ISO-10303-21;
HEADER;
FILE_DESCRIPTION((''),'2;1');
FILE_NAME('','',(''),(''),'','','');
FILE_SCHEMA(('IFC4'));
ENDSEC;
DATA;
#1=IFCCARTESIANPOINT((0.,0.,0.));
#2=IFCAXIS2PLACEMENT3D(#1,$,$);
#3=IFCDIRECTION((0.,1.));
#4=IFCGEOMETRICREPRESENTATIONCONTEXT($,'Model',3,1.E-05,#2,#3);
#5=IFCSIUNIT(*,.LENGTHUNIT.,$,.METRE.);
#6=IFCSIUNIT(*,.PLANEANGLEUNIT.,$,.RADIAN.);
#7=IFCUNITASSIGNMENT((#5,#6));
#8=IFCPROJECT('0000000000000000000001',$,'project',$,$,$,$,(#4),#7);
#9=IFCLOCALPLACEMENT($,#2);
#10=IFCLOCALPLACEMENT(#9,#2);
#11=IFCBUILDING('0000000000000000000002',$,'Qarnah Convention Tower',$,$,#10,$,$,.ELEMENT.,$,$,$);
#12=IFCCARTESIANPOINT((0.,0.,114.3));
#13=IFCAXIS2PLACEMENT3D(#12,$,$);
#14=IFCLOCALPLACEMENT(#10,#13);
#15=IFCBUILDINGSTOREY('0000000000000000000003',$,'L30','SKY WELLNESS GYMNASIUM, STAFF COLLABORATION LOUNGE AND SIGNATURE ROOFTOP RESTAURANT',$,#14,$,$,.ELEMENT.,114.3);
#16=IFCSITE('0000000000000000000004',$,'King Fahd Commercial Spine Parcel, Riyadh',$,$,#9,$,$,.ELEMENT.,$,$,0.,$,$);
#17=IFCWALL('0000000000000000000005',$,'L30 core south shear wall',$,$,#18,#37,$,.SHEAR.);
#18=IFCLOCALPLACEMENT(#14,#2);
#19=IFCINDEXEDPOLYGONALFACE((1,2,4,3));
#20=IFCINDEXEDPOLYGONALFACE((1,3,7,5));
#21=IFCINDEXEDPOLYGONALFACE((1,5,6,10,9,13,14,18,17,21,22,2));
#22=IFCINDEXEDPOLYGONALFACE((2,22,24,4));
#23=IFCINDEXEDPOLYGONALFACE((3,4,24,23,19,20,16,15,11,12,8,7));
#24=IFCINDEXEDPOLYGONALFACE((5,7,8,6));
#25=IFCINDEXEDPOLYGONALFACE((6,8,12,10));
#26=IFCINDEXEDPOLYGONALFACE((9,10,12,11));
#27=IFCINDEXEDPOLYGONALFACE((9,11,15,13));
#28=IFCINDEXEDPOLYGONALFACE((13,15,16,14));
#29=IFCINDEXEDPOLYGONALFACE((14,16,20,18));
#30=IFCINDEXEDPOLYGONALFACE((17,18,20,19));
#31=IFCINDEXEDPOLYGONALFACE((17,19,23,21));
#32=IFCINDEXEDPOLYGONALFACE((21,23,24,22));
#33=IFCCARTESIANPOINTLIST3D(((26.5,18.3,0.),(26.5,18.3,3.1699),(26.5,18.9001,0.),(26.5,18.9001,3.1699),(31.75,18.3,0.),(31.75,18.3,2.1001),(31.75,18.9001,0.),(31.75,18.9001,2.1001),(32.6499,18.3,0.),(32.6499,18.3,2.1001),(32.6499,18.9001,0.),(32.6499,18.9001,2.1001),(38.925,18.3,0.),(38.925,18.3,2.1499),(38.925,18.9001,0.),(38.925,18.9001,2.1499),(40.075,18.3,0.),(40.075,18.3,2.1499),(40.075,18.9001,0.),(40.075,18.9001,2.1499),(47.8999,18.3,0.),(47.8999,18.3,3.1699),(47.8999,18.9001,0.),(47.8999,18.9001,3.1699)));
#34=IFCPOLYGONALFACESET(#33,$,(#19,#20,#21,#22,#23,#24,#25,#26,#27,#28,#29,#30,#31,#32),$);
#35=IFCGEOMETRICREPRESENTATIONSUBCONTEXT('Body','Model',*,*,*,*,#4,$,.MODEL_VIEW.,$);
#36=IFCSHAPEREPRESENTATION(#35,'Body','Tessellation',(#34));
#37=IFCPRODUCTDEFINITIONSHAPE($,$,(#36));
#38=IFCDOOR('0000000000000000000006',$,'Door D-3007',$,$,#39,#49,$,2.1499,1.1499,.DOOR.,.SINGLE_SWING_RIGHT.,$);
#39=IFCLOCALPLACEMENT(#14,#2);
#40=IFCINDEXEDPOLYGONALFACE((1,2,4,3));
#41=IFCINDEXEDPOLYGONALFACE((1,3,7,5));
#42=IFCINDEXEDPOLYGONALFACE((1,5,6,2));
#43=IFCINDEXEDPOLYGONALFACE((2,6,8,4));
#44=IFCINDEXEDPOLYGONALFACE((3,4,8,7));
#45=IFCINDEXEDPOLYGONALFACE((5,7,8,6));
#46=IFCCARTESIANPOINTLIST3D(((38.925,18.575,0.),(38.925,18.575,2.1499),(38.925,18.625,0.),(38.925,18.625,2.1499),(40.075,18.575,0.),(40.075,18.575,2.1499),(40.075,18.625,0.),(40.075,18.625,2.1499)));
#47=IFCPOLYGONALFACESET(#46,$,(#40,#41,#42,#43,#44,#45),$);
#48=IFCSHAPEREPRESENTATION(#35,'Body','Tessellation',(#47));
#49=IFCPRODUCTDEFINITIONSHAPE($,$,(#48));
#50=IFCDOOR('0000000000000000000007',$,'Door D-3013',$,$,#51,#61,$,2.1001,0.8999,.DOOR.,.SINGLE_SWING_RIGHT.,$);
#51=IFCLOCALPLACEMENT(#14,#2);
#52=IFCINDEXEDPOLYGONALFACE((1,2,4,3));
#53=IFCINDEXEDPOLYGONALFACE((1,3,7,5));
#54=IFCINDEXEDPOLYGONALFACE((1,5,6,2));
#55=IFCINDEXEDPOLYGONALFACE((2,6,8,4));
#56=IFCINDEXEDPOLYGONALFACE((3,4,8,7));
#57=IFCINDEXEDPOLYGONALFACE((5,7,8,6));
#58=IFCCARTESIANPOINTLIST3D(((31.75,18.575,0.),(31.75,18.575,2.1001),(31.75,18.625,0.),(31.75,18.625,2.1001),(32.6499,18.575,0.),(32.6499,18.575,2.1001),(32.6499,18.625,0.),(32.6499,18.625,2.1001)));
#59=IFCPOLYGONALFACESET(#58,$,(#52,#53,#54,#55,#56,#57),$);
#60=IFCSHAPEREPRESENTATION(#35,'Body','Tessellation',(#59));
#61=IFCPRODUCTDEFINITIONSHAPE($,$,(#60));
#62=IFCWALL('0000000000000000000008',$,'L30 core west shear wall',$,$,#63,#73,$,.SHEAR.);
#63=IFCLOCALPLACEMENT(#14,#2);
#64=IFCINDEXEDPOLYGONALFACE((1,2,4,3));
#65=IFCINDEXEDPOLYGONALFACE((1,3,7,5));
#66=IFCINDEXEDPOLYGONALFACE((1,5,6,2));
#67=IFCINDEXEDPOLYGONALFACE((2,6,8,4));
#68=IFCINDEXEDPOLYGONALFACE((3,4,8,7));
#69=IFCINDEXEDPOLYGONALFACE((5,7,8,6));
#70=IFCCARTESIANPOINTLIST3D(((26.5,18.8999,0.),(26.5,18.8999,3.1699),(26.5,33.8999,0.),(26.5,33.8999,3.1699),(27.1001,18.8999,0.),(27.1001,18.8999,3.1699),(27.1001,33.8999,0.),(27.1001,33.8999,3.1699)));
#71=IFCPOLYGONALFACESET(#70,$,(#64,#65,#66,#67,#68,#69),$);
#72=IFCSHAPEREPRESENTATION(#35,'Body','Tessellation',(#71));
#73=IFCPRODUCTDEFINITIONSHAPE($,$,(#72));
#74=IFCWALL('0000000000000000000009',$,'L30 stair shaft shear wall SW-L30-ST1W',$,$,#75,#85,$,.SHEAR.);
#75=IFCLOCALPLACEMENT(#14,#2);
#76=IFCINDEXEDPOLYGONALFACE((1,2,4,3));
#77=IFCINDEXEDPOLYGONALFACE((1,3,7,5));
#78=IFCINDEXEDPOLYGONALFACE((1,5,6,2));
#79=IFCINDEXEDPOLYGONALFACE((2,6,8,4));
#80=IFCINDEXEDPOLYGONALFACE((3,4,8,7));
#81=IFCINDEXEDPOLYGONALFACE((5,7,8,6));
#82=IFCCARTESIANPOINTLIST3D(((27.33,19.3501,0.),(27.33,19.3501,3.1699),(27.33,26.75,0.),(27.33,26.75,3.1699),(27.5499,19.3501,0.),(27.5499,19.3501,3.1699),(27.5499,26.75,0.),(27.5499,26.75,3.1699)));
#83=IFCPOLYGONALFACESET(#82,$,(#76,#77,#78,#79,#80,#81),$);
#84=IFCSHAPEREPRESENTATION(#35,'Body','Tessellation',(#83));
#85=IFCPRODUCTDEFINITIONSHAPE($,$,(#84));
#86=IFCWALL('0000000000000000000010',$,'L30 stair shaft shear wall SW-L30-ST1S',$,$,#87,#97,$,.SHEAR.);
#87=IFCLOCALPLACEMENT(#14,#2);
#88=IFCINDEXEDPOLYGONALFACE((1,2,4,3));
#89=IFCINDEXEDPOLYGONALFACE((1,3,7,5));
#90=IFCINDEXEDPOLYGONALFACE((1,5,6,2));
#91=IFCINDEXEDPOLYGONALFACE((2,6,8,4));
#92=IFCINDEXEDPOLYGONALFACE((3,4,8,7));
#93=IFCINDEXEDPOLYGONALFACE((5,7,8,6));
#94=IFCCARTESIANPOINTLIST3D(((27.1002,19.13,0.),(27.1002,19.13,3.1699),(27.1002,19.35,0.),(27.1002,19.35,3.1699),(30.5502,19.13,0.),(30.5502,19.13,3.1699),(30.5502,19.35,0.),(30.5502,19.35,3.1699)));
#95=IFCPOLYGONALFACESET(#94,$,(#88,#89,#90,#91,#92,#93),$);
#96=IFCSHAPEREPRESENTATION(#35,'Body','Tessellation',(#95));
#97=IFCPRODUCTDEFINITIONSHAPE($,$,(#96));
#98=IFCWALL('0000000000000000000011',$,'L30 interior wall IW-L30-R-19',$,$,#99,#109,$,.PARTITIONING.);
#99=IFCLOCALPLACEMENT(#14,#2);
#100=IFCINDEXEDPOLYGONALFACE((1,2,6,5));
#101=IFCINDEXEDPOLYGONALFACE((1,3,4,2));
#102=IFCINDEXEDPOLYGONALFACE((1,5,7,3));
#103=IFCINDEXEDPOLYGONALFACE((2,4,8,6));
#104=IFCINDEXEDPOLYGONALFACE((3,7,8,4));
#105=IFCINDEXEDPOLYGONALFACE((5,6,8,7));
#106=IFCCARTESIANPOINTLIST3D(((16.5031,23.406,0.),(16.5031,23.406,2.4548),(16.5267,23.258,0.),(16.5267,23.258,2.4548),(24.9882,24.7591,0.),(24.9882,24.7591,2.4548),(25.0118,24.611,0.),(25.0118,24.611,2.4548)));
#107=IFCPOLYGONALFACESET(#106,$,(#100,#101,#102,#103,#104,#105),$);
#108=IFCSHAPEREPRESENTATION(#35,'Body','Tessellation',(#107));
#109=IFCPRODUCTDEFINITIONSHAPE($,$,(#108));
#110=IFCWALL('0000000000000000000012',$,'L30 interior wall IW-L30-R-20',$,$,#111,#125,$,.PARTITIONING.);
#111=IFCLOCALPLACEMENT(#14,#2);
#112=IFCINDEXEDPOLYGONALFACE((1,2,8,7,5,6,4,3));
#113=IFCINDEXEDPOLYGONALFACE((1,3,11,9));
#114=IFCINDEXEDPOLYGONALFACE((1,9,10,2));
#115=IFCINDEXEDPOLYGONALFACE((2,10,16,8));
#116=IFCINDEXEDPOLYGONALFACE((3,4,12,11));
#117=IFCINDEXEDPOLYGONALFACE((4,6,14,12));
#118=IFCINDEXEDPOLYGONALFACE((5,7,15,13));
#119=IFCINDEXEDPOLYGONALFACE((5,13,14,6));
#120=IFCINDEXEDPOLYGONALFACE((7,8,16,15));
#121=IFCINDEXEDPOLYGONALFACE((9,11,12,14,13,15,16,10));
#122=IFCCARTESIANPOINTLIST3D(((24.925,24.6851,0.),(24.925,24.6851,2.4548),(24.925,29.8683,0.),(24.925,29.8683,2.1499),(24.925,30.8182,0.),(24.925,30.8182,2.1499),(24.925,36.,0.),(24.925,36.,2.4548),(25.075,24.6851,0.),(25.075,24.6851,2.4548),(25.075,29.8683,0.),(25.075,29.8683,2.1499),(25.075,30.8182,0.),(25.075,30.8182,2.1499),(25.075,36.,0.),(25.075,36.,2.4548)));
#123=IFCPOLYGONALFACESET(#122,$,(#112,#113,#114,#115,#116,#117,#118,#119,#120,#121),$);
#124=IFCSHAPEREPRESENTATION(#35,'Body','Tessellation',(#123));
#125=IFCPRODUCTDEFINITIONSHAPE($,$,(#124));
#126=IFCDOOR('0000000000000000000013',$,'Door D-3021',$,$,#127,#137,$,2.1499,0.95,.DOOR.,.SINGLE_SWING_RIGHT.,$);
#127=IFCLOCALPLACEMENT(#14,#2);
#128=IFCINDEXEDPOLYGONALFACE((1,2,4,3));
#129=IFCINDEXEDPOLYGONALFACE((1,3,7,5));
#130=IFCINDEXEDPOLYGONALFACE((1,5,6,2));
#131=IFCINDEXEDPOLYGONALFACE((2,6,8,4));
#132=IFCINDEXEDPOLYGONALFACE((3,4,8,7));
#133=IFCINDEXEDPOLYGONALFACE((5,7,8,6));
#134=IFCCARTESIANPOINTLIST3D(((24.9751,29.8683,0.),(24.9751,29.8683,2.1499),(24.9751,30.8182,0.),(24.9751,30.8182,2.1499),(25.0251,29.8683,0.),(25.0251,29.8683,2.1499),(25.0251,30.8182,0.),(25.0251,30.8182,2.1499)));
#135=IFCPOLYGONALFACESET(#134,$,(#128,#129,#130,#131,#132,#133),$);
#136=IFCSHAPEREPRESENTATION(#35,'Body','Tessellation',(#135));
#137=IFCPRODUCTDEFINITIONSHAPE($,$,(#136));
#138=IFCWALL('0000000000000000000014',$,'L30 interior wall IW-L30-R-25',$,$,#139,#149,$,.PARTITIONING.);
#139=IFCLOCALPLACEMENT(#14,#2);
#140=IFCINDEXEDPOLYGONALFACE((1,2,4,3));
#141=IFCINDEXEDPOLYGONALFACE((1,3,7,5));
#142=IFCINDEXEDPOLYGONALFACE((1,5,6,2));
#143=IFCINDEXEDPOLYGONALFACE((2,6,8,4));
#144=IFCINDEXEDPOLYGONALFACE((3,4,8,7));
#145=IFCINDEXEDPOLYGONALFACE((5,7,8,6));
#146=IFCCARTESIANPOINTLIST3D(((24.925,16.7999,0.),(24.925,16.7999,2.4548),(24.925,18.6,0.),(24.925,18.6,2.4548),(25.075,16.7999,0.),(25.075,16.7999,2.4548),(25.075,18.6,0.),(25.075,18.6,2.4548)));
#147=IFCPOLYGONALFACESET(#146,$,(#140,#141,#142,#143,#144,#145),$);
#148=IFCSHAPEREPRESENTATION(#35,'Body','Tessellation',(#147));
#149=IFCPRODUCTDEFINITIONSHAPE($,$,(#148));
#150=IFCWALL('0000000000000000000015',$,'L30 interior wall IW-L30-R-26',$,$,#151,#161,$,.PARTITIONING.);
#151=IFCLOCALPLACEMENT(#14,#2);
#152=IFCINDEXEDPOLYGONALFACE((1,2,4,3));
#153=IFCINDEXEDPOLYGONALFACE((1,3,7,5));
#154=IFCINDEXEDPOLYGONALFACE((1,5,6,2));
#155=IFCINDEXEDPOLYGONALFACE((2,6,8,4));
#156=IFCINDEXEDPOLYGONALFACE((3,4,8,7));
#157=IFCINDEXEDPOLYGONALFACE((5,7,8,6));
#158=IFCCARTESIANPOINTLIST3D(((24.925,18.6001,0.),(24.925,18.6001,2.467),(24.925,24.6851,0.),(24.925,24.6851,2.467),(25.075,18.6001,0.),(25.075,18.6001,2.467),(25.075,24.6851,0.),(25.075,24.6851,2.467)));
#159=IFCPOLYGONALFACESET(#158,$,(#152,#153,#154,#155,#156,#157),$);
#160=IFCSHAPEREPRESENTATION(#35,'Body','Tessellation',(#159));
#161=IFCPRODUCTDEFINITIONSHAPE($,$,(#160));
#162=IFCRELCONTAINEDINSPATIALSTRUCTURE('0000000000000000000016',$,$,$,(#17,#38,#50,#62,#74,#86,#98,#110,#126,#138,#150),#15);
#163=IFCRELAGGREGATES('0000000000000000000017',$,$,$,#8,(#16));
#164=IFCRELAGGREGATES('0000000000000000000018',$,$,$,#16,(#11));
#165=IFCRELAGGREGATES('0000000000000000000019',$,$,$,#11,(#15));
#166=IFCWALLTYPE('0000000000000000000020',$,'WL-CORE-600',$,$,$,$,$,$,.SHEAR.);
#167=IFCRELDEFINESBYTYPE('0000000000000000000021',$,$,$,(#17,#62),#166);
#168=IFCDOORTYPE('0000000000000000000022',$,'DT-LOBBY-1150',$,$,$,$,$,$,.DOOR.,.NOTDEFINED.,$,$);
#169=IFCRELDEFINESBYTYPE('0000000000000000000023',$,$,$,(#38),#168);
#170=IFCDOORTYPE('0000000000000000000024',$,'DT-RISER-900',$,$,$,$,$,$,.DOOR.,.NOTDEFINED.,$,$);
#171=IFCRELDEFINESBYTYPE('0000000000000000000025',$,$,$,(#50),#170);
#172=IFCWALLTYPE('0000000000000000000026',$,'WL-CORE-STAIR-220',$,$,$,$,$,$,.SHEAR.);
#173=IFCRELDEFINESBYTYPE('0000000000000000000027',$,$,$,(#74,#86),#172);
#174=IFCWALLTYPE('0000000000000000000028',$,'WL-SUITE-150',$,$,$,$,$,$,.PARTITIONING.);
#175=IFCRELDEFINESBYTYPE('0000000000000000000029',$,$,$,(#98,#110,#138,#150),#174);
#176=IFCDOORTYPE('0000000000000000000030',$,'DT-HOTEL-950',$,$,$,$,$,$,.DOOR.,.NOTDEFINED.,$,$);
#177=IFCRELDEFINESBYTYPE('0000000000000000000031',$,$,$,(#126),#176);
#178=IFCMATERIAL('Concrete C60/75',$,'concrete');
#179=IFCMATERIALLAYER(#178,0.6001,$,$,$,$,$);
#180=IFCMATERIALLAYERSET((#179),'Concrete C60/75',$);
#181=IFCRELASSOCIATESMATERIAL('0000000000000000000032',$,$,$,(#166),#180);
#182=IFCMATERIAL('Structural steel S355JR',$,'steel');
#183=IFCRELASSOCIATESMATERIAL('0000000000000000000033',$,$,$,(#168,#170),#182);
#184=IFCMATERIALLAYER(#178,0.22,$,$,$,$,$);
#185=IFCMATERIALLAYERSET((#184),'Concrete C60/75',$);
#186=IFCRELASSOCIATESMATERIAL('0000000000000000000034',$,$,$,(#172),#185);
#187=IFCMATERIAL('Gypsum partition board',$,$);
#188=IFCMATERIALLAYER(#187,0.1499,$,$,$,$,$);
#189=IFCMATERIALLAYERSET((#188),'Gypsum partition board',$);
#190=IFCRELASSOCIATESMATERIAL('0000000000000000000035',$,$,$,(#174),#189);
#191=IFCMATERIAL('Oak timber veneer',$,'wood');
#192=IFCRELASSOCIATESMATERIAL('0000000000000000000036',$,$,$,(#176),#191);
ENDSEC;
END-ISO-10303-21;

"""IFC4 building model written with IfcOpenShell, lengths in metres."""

from ifc_helpers import new_model, si_unit, direction, frame, frame_2d, origin, place, context, subcontext, project, spatial, rectangle, extrude, material, layer, layer_set, type_object, element, fill, save


model = new_model("IFC4")

# Units and contexts
model_context = context("Model", 3, precision=1e-05, world=origin(), true_north=direction((0.0, 1.0)))
body_context = subcontext(model_context, "Body", "Model", "MODEL_VIEW")
ifc_project = project(units=[si_unit("LENGTHUNIT", "METRE"), si_unit("PLANEANGLEUNIT", "RADIAN")], contexts=[model_context])

# Site, building, storey
site_placement = place(None, origin())
site = spatial("IfcSite", under=ifc_project, at=site_placement, Name="King Fahd Commercial Spine Parcel, Riyadh", CompositionType="ELEMENT", RefElevation=0.0)
building_placement = place(site_placement, origin())
building = spatial("IfcBuilding", under=site, at=building_placement, Name="Qarnah Convention Tower", CompositionType="ELEMENT")
storey_placement = place(building_placement, frame((0.0, 0.0, 114.3)))
storey = spatial("IfcBuildingStorey", under=building, at=storey_placement, Name="L30", Description="SKY WELLNESS GYMNASIUM, STAFF COLLABORATION LOUNGE AND SIGNATURE ROOFTOP RESTAURANT", CompositionType="ELEMENT", Elevation=114.3)

# Shared definitions
ifc_material_1 = material(Name="Concrete C60/75", Category="concrete")

# Shared definitions
ifc_material_2 = material(Name="Structural steel S355JR", Category="steel")

# Wall, openings, doors
ifc_layer_1 = layer(ifc_material_1, 0.6001)
ifc_layer_set_1 = layer_set([ifc_layer_1], Name="Concrete C60/75")
wall_type_1 = type_object("IfcWallType", Name="WL-CORE-600", PredefinedType="SHEAR", material=ifc_layer_set_1)
wall_1_placement = place(storey_placement, frame((26.5, 18.6001, 0.0), z_axis=(0.0, 0.0, 1.0), x_axis=(1.0, 0.0, 0.0)))
wall_1 = element("IfcWall", 1, at=wall_1_placement, inside=storey, type_object=wall_type_1, Name="L30 core south shear wall", PredefinedType="SHEAR", context=body_context, shape_type="SweptSolid", body=[
    extrude(rectangle(XDim=21.3999, YDim=0.6001, at=frame_2d((10.7, 0.0))), origin(), (0.0, 0.0, 1.0), 3.1699),
])
opening_1_placement = place(wall_1_placement, frame((12.425, 0.0, 0.0)))
opening_1 = element("IfcOpeningElement", 2, at=opening_1_placement, cuts=wall_1, PredefinedType="OPENING", context=body_context, shape_type="SweptSolid", body=[
    extrude(rectangle(XDim=1.1499, YDim=2.1499, at=frame_2d((0.575, 1.075))), frame((0.0, 0.3101, 0.0), z_axis=(0.0, -1.0, 0.0), x_axis=(1.0, 0.0, 0.0)), (0.0, 0.0, 1.0), 0.6201),
])
opening_2_placement = place(wall_1_placement, frame((5.25, 0.0, 0.0)))
opening_2 = element("IfcOpeningElement", 3, at=opening_2_placement, cuts=wall_1, PredefinedType="OPENING", context=body_context, shape_type="SweptSolid", body=[
    extrude(rectangle(XDim=0.8999, YDim=2.1001, at=frame_2d((0.45, 1.05))), frame((0.0, 0.3101, 0.0), z_axis=(0.0, -1.0, 0.0), x_axis=(1.0, 0.0, 0.0)), (0.0, 0.0, 1.0), 0.6201),
])
door_type_1 = type_object("IfcDoorType", Name="DT-LOBBY-1150", OperationType="NOTDEFINED", PredefinedType="DOOR", material=ifc_material_2)
door_1_placement = place(opening_1_placement, origin())
door_1 = element("IfcDoor", 4, at=door_1_placement, inside=storey, type_object=door_type_1, Name="Door D-3007", OperationType="SINGLE_SWING_RIGHT", OverallHeight=2.1499, OverallWidth=1.1499, PredefinedType="DOOR", context=body_context, shape_type="SweptSolid", body=[
    extrude(rectangle(XDim=1.1499, YDim=2.1499, at=frame_2d((0.575, 1.075))), frame((0.0, 0.0249, 0.0), z_axis=(0.0, -1.0, 0.0), x_axis=(1.0, 0.0, 0.0)), (0.0, 0.0, 1.0), 0.05),
])
fill(opening_1, door_1)
door_type_2 = type_object("IfcDoorType", Name="DT-RISER-900", OperationType="NOTDEFINED", PredefinedType="DOOR", material=ifc_material_2)
door_2_placement = place(opening_2_placement, origin())
door_2 = element("IfcDoor", 5, at=door_2_placement, inside=storey, type_object=door_type_2, Name="Door D-3013", OperationType="SINGLE_SWING_RIGHT", OverallHeight=2.1001, OverallWidth=0.8999, PredefinedType="DOOR", context=body_context, shape_type="SweptSolid", body=[
    extrude(rectangle(XDim=0.8999, YDim=2.1001, at=frame_2d((0.45, 1.05))), frame((0.0, 0.0249, 0.0), z_axis=(0.0, -1.0, 0.0), x_axis=(1.0, 0.0, 0.0)), (0.0, 0.0, 1.0), 0.05),
])
fill(opening_2, door_2)

# Walls
wall_2_placement = place(storey_placement, frame((26.8, 18.8999, 0.0), z_axis=(0.0, 0.0, 1.0), x_axis=(0.0, 1.0, 0.0)))
element("IfcWall", 6, at=wall_2_placement, inside=storey, type_object=wall_type_1, Name="L30 core west shear wall", PredefinedType="SHEAR", context=body_context, shape_type="SweptSolid", body=[
    extrude(rectangle(XDim=15.0, YDim=0.6001, at=frame_2d((7.5, 0.0))), origin(), (0.0, 0.0, 1.0), 3.1699),
])
ifc_layer_2 = layer(ifc_material_1, 0.22)
ifc_layer_set_2 = layer_set([ifc_layer_2], Name="Concrete C60/75")
wall_type_2 = type_object("IfcWallType", Name="WL-CORE-STAIR-220", PredefinedType="SHEAR", material=ifc_layer_set_2)
wall_3_placement = place(storey_placement, frame((27.4399, 19.3501, 0.0), z_axis=(0.0, 0.0, 1.0), x_axis=(0.0, 1.0, 0.0)))
element("IfcWall", 7, at=wall_3_placement, inside=storey, type_object=wall_type_2, Name="L30 stair shaft shear wall SW-L30-ST1W", PredefinedType="SHEAR", context=body_context, shape_type="SweptSolid", body=[
    extrude(rectangle(XDim=7.3999, YDim=0.22, at=frame_2d((3.7, 0.0))), origin(), (0.0, 0.0, 1.0), 3.1699),
])
wall_4_placement = place(storey_placement, frame((27.1001, 19.24, 0.0), z_axis=(0.0, 0.0, 1.0), x_axis=(1.0, 0.0, 0.0)))
element("IfcWall", 8, at=wall_4_placement, inside=storey, type_object=wall_type_2, Name="L30 stair shaft shear wall SW-L30-ST1S", PredefinedType="SHEAR", context=body_context, shape_type="SweptSolid", body=[
    extrude(rectangle(XDim=3.45, YDim=0.22, at=frame_2d((1.7251, 0.0))), origin(), (0.0, 0.0, 1.0), 3.1699),
])
ifc_material_3 = material(Name="Gypsum partition board")
ifc_layer_3 = layer(ifc_material_3, 0.1499)
ifc_layer_set_3 = layer_set([ifc_layer_3], Name="Gypsum partition board")
wall_type_3 = type_object("IfcWallType", Name="WL-SUITE-150", PredefinedType="PARTITIONING", material=ifc_layer_set_3)
wall_5_placement = place(storey_placement, frame((16.5149, 23.332, 0.0), z_axis=(0.0, 0.0, 1.0), x_axis=(0.987524, 0.15747, 0.0)))
element("IfcWall", 9, at=wall_5_placement, inside=storey, type_object=wall_type_3, Name="L30 interior wall IW-L30-R-19", PredefinedType="PARTITIONING", context=body_context, shape_type="SweptSolid", body=[
    extrude(rectangle(XDim=8.5923, YDim=0.1499, at=frame_2d((4.2961, 0.0))), origin(), (0.0, 0.0, 1.0), 2.4548),
])

# Wall, opening, door
wall_6_placement = place(storey_placement, frame((25.0, 24.6851, 0.0), z_axis=(0.0, 0.0, 1.0), x_axis=(0.0, 1.0, 0.0)))
wall_6 = element("IfcWall", 10, at=wall_6_placement, inside=storey, type_object=wall_type_3, Name="L30 interior wall IW-L30-R-20", PredefinedType="PARTITIONING", context=body_context, shape_type="SweptSolid", body=[
    extrude(rectangle(XDim=11.3149, YDim=0.1499, at=frame_2d((5.6575, 0.0))), origin(), (0.0, 0.0, 1.0), 2.4548),
])
opening_3_placement = place(wall_6_placement, frame((5.1831, 0.0, 0.0)))
opening_3 = element("IfcOpeningElement", 11, at=opening_3_placement, cuts=wall_6, PredefinedType="OPENING", context=body_context, shape_type="SweptSolid", body=[
    extrude(rectangle(XDim=0.95, YDim=2.1499, at=frame_2d((0.4751, 1.075))), frame((0.0, 0.085, 0.0), z_axis=(0.0, -1.0, 0.0), x_axis=(1.0, 0.0, 0.0)), (0.0, 0.0, 1.0), 0.1699),
])
ifc_material_4 = material(Name="Oak timber veneer", Category="wood")
door_type_3 = type_object("IfcDoorType", Name="DT-HOTEL-950", OperationType="NOTDEFINED", PredefinedType="DOOR", material=ifc_material_4)
door_3_placement = place(opening_3_placement, origin())
door_3 = element("IfcDoor", 12, at=door_3_placement, inside=storey, type_object=door_type_3, Name="Door D-3021", OperationType="SINGLE_SWING_RIGHT", OverallHeight=2.1499, OverallWidth=0.95, PredefinedType="DOOR", context=body_context, shape_type="SweptSolid", body=[
    extrude(rectangle(XDim=0.95, YDim=2.1499, at=frame_2d((0.4751, 1.075))), frame((0.0, 0.0249, 0.0), z_axis=(0.0, -1.0, 0.0), x_axis=(1.0, 0.0, 0.0)), (0.0, 0.0, 1.0), 0.05),
])
fill(opening_3, door_3)

# Walls
wall_7_placement = place(storey_placement, frame((25.0, 16.8, 0.0), z_axis=(0.0, 0.0, 1.0), x_axis=(0.0, 1.0, 0.0)))
element("IfcWall", 13, at=wall_7_placement, inside=storey, type_object=wall_type_3, Name="L30 interior wall IW-L30-R-25", PredefinedType="PARTITIONING", context=body_context, shape_type="SweptSolid", body=[
    extrude(rectangle(XDim=1.8, YDim=0.1499, at=frame_2d((0.8999, 0.0))), origin(), (0.0, 0.0, 1.0), 2.4548),
])
wall_8_placement = place(storey_placement, frame((25.0, 18.6001, 0.0), z_axis=(0.0, 0.0, 1.0), x_axis=(0.0, 1.0, 0.0)))
element("IfcWall", 14, at=wall_8_placement, inside=storey, type_object=wall_type_3, Name="L30 interior wall IW-L30-R-26", PredefinedType="PARTITIONING", context=body_context, shape_type="SweptSolid", body=[
    extrude(rectangle(XDim=6.085, YDim=0.1499, at=frame_2d((3.0425, 0.0))), origin(), (0.0, 0.0, 1.0), 2.467),
])

save(model, "model.ifc")
